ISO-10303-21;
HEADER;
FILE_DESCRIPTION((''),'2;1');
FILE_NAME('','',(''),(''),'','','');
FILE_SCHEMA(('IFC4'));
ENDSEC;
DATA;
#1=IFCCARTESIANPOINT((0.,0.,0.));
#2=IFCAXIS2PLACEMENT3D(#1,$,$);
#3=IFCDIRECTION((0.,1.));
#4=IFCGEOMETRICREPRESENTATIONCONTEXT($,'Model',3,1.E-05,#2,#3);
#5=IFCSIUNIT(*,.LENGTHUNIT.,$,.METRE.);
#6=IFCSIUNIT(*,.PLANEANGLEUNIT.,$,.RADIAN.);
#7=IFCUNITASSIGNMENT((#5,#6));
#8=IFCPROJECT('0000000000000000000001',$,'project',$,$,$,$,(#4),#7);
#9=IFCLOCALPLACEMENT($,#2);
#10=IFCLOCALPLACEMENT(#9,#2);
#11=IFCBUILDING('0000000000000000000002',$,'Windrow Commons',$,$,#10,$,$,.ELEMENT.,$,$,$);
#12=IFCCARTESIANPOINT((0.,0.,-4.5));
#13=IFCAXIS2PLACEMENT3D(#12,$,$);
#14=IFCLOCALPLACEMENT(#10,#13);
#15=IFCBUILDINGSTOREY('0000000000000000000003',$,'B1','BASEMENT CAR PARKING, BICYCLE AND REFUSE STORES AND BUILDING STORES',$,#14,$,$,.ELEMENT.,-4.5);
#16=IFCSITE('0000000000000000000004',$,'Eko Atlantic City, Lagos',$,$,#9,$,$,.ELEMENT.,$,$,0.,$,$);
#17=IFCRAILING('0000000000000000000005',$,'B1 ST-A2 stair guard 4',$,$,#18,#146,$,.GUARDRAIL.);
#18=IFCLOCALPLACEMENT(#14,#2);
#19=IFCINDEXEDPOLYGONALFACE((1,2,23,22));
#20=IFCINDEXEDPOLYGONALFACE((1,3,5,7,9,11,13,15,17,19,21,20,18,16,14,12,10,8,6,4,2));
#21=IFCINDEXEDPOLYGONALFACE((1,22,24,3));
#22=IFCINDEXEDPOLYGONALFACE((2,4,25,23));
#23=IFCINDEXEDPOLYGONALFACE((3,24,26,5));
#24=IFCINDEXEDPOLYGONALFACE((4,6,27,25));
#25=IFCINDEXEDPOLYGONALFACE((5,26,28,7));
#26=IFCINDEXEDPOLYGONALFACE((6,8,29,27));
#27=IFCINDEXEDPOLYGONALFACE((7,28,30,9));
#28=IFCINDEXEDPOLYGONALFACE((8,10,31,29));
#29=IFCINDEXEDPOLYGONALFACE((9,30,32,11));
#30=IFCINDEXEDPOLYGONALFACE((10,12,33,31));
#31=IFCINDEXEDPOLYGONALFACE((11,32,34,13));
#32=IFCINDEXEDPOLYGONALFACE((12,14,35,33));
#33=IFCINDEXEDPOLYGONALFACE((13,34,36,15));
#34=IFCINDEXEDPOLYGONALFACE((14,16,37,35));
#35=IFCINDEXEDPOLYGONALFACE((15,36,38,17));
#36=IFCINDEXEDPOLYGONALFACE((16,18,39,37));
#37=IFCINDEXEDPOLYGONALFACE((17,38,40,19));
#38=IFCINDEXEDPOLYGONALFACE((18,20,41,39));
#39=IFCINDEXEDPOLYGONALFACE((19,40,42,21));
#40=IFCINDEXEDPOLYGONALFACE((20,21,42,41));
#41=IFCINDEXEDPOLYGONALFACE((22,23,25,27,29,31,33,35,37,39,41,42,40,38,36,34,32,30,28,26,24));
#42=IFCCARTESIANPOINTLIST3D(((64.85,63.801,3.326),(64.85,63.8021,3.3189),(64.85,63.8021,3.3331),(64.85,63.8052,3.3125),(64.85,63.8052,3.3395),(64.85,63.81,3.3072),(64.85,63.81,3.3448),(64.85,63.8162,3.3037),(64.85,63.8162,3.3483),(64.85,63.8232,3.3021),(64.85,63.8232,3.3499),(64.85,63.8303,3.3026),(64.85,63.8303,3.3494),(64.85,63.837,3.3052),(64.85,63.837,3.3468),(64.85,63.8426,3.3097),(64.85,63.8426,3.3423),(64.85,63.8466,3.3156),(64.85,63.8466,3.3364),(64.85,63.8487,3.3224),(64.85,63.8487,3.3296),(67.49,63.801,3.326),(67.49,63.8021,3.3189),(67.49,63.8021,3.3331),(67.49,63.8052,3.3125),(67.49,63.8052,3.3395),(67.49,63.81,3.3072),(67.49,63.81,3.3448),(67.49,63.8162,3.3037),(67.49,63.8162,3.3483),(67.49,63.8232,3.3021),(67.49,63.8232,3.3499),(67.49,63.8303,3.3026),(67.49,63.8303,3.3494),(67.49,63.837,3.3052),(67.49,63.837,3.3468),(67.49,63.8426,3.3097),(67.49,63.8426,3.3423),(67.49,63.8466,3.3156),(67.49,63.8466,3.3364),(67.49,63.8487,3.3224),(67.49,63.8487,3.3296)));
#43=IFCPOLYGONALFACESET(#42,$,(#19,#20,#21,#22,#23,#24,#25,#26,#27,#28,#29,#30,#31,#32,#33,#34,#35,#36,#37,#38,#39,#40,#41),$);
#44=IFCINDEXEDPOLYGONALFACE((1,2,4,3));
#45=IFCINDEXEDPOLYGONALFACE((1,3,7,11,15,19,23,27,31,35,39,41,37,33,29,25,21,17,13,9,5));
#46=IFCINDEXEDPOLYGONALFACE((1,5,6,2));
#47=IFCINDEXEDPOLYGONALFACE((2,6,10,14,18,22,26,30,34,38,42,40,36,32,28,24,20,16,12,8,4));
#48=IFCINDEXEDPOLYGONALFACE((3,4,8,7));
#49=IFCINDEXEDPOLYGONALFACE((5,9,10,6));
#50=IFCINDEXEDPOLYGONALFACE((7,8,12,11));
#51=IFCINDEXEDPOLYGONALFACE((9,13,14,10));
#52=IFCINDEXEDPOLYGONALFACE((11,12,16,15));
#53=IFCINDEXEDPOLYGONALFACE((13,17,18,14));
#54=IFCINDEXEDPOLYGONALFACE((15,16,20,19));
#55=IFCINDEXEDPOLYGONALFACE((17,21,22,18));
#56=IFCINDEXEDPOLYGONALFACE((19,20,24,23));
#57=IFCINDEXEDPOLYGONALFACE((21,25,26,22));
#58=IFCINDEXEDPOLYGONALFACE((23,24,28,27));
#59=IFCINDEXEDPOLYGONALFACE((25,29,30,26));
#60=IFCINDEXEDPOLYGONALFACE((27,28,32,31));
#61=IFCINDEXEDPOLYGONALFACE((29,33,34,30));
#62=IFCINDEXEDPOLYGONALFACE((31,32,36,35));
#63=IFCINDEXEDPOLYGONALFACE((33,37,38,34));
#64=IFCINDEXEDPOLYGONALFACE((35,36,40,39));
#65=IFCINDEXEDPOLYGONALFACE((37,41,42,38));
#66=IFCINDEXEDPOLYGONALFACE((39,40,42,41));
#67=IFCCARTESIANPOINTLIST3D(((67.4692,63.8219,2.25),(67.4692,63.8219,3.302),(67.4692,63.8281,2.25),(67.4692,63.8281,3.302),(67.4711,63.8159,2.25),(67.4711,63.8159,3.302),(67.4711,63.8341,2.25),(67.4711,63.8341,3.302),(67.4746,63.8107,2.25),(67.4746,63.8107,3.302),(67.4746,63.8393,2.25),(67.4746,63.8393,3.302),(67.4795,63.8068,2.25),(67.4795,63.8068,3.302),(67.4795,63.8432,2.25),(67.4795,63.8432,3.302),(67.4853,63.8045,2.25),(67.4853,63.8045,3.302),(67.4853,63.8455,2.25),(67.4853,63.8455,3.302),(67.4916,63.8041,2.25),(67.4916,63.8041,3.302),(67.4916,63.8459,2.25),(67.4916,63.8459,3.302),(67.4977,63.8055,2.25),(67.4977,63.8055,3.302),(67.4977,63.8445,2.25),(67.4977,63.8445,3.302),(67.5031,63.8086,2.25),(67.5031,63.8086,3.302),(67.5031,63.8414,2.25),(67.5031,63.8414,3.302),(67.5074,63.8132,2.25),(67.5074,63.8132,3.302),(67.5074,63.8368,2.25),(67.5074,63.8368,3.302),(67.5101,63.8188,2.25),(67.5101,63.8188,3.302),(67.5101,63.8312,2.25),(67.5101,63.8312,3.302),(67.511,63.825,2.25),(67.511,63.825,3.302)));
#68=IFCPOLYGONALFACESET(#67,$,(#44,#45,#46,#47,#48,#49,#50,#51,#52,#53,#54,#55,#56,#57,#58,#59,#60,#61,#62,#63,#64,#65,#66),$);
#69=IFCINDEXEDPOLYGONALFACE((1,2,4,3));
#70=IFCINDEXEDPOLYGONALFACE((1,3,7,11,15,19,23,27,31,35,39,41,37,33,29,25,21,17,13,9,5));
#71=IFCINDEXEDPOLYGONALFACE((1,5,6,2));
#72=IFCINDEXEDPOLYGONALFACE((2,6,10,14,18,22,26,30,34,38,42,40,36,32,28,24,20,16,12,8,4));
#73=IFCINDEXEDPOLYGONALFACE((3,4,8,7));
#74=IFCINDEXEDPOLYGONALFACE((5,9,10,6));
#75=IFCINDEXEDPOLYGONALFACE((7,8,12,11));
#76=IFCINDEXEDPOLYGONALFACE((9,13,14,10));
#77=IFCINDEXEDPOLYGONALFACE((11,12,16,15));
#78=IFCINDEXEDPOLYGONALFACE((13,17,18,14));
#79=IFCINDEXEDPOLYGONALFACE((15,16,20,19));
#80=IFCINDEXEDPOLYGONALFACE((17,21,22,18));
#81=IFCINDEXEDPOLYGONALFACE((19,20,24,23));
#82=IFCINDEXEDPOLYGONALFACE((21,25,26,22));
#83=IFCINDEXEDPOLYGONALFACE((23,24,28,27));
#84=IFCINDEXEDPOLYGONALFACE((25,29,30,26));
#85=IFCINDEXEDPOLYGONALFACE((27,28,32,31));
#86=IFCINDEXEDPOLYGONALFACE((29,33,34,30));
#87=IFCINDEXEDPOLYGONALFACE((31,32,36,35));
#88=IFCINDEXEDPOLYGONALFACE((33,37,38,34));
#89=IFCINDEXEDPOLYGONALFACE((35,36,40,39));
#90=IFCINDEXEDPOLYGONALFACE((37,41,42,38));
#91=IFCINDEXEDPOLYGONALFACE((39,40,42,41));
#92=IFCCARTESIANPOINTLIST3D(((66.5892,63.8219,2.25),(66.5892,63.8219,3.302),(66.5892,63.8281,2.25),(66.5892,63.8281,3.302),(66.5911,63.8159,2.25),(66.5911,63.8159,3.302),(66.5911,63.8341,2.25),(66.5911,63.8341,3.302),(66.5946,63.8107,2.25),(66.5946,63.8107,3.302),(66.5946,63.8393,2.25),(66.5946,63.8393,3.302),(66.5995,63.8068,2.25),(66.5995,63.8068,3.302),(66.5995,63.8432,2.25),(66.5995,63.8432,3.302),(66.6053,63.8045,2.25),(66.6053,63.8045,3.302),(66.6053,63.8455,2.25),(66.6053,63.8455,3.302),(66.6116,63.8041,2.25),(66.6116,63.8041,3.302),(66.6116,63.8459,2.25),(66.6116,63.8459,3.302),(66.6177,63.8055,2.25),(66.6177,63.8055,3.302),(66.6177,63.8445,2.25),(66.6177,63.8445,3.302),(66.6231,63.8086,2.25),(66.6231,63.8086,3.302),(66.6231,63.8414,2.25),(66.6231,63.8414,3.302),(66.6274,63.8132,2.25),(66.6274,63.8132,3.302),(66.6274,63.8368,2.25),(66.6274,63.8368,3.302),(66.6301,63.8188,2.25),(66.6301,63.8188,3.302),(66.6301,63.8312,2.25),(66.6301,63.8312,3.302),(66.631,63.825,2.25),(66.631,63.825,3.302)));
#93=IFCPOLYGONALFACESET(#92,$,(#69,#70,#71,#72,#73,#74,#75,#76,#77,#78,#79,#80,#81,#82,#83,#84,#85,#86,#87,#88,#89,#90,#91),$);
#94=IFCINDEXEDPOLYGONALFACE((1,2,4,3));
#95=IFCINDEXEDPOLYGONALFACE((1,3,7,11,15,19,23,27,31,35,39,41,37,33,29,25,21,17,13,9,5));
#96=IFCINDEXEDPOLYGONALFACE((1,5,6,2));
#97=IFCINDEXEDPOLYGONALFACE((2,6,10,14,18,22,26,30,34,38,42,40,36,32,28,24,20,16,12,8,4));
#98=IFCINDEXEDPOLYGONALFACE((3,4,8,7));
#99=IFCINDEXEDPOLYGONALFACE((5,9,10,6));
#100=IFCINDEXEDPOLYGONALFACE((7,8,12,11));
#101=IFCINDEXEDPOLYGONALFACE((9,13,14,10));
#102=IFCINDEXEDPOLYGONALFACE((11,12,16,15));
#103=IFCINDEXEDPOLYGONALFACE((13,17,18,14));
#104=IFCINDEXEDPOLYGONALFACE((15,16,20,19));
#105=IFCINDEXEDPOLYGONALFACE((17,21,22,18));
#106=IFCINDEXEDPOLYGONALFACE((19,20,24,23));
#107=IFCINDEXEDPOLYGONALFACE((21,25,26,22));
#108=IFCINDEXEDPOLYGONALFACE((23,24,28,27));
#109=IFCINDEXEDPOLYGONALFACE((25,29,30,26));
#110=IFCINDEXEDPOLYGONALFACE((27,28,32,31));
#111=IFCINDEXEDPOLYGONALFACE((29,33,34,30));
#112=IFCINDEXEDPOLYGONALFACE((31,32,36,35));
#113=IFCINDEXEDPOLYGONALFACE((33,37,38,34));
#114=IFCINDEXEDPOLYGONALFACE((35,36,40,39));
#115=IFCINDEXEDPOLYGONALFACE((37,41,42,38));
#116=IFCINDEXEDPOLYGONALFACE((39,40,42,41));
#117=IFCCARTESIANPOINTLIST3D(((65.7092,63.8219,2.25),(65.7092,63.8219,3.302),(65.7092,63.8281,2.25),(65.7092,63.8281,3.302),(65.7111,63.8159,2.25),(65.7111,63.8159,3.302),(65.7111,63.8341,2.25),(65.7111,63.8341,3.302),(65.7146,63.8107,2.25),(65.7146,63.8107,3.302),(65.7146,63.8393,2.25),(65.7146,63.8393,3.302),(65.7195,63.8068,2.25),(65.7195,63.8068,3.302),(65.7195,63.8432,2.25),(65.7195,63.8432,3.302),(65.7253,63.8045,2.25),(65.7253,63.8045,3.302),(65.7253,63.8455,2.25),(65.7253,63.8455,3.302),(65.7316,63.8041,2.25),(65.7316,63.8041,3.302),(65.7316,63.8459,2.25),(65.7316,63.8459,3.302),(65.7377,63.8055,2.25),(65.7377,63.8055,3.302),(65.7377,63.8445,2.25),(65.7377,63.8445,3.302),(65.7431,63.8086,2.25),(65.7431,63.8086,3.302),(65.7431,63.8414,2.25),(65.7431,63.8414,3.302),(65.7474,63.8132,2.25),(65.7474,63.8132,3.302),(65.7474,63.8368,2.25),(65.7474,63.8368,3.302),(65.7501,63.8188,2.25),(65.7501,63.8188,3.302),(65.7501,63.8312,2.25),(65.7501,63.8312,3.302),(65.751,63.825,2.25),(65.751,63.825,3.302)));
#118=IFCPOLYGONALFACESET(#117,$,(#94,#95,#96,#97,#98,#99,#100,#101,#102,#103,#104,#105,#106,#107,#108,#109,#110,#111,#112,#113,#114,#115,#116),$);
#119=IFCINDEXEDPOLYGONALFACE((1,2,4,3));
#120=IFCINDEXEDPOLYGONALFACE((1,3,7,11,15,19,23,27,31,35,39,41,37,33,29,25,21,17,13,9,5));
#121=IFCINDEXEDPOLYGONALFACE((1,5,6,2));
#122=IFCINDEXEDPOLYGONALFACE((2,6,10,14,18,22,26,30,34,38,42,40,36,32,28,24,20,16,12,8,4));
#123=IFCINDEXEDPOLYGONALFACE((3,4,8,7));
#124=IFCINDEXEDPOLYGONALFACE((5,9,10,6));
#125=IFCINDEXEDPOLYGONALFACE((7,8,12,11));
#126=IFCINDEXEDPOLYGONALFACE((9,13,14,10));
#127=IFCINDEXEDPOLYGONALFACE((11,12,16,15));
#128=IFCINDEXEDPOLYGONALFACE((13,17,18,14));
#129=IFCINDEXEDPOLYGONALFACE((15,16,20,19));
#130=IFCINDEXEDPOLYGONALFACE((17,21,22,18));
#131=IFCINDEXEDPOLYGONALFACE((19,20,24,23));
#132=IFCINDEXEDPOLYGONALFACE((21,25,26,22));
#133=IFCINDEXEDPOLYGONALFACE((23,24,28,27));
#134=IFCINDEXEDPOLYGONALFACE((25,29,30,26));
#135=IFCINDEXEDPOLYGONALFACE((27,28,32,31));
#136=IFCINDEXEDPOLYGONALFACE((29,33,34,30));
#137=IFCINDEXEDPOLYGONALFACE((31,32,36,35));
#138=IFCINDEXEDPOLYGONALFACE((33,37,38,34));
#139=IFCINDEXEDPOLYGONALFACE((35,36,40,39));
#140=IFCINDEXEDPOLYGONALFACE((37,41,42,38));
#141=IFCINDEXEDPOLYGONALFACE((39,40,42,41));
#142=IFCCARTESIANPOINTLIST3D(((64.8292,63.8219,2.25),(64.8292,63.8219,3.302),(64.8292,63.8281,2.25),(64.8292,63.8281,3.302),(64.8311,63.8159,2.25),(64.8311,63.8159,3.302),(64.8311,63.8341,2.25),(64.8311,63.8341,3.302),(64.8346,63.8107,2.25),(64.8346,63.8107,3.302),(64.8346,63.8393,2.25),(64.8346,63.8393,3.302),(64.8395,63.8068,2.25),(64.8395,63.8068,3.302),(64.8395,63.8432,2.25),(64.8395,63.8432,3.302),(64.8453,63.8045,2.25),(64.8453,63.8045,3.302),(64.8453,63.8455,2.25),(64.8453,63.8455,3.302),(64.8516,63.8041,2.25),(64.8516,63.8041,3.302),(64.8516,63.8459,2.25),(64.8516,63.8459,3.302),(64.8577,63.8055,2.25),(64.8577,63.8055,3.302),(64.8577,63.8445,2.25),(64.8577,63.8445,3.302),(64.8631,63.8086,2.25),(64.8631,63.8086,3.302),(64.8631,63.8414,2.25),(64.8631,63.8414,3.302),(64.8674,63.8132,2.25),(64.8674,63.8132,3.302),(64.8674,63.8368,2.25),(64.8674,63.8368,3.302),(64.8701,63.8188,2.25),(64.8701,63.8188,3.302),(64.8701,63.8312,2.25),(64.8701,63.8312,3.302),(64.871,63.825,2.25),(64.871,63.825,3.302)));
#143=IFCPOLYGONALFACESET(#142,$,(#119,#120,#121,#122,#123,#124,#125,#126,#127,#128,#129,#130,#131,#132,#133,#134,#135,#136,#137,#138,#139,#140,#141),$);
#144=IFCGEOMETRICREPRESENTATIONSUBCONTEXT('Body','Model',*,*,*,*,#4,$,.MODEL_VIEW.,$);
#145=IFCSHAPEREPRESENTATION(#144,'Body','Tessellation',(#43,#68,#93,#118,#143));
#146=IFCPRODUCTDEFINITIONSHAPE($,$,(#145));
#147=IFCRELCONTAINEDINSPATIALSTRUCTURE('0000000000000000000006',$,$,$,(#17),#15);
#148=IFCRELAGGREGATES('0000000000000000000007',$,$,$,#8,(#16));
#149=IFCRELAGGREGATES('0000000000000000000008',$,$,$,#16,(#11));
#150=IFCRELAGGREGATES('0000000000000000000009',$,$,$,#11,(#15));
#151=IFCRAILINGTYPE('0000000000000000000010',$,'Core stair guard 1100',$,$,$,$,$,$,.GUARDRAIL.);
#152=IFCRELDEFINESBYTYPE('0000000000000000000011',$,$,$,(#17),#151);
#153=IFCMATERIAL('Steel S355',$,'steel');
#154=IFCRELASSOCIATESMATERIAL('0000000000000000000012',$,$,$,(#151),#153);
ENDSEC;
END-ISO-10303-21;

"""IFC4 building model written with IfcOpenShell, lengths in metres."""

from ifc_helpers import new_model, si_unit, direction, frame, origin, origin_2d, place, context, subcontext, project, spatial, circle, extrude, material, type_object, element, save


model = new_model("IFC4")

# Units and contexts
model_context = context("Model", 3, precision=1e-05, world=origin(), true_north=direction((0.0, 1.0)))
body_context = subcontext(model_context, "Body", "Model", "MODEL_VIEW")
ifc_project = project(units=[si_unit("LENGTHUNIT", "METRE"), si_unit("PLANEANGLEUNIT", "RADIAN")], contexts=[model_context])

# Site, building, storey
site_placement = place(None, origin())
site = spatial("IfcSite", under=ifc_project, at=site_placement, Name="Eko Atlantic City, Lagos", CompositionType="ELEMENT", RefElevation=0.0)
building_placement = place(site_placement, origin())
building = spatial("IfcBuilding", under=site, at=building_placement, Name="Windrow Commons", CompositionType="ELEMENT")
storey_placement = place(building_placement, frame((0.0, 0.0, -4.5)))
storey = spatial("IfcBuildingStorey", under=building, at=storey_placement, Name="B1", Description="BASEMENT CAR PARKING, BICYCLE AND REFUSE STORES AND BUILDING STORES", CompositionType="ELEMENT", Elevation=-4.5)

# Railing
ifc_material_1 = material(Name="Steel S355", Category="steel")
railing_type_1 = type_object("IfcRailingType", Name="Core stair guard 1100", PredefinedType="GUARDRAIL", material=ifc_material_1)
railing_1_placement = place(storey_placement, frame((67.49, 63.825, 2.25)))
element("IfcRailing", 1, at=railing_1_placement, inside=storey, type_object=railing_type_1, Name="B1 ST-A2 stair guard 4", PredefinedType="GUARDRAIL", context=body_context, shape_type="SweptSolid", body=[
    extrude(circle(Radius=0.024, at=origin_2d()), frame((0.0, 0.0, 1.076), z_axis=(-1.0, 0.0, 0.0), x_axis=(0.0, -1.0, 0.0)), (0.0, 0.0, 1.0), 2.64),
    extrude(circle(Radius=0.021, at=origin_2d()), origin(), (0.0, 0.0, 1.0), 1.052),
    extrude(circle(Radius=0.021, at=origin_2d()), frame((-0.88, 0.0, 0.0)), (0.0, 0.0, 1.0), 1.052),
    extrude(circle(Radius=0.021, at=origin_2d()), frame((-1.76, 0.0, 0.0)), (0.0, 0.0, 1.0), 1.052),
    extrude(circle(Radius=0.021, at=origin_2d()), frame((-2.64, 0.0, 0.0)), (0.0, 0.0, 1.0), 1.052),
])

save(model, "model.ifc")
